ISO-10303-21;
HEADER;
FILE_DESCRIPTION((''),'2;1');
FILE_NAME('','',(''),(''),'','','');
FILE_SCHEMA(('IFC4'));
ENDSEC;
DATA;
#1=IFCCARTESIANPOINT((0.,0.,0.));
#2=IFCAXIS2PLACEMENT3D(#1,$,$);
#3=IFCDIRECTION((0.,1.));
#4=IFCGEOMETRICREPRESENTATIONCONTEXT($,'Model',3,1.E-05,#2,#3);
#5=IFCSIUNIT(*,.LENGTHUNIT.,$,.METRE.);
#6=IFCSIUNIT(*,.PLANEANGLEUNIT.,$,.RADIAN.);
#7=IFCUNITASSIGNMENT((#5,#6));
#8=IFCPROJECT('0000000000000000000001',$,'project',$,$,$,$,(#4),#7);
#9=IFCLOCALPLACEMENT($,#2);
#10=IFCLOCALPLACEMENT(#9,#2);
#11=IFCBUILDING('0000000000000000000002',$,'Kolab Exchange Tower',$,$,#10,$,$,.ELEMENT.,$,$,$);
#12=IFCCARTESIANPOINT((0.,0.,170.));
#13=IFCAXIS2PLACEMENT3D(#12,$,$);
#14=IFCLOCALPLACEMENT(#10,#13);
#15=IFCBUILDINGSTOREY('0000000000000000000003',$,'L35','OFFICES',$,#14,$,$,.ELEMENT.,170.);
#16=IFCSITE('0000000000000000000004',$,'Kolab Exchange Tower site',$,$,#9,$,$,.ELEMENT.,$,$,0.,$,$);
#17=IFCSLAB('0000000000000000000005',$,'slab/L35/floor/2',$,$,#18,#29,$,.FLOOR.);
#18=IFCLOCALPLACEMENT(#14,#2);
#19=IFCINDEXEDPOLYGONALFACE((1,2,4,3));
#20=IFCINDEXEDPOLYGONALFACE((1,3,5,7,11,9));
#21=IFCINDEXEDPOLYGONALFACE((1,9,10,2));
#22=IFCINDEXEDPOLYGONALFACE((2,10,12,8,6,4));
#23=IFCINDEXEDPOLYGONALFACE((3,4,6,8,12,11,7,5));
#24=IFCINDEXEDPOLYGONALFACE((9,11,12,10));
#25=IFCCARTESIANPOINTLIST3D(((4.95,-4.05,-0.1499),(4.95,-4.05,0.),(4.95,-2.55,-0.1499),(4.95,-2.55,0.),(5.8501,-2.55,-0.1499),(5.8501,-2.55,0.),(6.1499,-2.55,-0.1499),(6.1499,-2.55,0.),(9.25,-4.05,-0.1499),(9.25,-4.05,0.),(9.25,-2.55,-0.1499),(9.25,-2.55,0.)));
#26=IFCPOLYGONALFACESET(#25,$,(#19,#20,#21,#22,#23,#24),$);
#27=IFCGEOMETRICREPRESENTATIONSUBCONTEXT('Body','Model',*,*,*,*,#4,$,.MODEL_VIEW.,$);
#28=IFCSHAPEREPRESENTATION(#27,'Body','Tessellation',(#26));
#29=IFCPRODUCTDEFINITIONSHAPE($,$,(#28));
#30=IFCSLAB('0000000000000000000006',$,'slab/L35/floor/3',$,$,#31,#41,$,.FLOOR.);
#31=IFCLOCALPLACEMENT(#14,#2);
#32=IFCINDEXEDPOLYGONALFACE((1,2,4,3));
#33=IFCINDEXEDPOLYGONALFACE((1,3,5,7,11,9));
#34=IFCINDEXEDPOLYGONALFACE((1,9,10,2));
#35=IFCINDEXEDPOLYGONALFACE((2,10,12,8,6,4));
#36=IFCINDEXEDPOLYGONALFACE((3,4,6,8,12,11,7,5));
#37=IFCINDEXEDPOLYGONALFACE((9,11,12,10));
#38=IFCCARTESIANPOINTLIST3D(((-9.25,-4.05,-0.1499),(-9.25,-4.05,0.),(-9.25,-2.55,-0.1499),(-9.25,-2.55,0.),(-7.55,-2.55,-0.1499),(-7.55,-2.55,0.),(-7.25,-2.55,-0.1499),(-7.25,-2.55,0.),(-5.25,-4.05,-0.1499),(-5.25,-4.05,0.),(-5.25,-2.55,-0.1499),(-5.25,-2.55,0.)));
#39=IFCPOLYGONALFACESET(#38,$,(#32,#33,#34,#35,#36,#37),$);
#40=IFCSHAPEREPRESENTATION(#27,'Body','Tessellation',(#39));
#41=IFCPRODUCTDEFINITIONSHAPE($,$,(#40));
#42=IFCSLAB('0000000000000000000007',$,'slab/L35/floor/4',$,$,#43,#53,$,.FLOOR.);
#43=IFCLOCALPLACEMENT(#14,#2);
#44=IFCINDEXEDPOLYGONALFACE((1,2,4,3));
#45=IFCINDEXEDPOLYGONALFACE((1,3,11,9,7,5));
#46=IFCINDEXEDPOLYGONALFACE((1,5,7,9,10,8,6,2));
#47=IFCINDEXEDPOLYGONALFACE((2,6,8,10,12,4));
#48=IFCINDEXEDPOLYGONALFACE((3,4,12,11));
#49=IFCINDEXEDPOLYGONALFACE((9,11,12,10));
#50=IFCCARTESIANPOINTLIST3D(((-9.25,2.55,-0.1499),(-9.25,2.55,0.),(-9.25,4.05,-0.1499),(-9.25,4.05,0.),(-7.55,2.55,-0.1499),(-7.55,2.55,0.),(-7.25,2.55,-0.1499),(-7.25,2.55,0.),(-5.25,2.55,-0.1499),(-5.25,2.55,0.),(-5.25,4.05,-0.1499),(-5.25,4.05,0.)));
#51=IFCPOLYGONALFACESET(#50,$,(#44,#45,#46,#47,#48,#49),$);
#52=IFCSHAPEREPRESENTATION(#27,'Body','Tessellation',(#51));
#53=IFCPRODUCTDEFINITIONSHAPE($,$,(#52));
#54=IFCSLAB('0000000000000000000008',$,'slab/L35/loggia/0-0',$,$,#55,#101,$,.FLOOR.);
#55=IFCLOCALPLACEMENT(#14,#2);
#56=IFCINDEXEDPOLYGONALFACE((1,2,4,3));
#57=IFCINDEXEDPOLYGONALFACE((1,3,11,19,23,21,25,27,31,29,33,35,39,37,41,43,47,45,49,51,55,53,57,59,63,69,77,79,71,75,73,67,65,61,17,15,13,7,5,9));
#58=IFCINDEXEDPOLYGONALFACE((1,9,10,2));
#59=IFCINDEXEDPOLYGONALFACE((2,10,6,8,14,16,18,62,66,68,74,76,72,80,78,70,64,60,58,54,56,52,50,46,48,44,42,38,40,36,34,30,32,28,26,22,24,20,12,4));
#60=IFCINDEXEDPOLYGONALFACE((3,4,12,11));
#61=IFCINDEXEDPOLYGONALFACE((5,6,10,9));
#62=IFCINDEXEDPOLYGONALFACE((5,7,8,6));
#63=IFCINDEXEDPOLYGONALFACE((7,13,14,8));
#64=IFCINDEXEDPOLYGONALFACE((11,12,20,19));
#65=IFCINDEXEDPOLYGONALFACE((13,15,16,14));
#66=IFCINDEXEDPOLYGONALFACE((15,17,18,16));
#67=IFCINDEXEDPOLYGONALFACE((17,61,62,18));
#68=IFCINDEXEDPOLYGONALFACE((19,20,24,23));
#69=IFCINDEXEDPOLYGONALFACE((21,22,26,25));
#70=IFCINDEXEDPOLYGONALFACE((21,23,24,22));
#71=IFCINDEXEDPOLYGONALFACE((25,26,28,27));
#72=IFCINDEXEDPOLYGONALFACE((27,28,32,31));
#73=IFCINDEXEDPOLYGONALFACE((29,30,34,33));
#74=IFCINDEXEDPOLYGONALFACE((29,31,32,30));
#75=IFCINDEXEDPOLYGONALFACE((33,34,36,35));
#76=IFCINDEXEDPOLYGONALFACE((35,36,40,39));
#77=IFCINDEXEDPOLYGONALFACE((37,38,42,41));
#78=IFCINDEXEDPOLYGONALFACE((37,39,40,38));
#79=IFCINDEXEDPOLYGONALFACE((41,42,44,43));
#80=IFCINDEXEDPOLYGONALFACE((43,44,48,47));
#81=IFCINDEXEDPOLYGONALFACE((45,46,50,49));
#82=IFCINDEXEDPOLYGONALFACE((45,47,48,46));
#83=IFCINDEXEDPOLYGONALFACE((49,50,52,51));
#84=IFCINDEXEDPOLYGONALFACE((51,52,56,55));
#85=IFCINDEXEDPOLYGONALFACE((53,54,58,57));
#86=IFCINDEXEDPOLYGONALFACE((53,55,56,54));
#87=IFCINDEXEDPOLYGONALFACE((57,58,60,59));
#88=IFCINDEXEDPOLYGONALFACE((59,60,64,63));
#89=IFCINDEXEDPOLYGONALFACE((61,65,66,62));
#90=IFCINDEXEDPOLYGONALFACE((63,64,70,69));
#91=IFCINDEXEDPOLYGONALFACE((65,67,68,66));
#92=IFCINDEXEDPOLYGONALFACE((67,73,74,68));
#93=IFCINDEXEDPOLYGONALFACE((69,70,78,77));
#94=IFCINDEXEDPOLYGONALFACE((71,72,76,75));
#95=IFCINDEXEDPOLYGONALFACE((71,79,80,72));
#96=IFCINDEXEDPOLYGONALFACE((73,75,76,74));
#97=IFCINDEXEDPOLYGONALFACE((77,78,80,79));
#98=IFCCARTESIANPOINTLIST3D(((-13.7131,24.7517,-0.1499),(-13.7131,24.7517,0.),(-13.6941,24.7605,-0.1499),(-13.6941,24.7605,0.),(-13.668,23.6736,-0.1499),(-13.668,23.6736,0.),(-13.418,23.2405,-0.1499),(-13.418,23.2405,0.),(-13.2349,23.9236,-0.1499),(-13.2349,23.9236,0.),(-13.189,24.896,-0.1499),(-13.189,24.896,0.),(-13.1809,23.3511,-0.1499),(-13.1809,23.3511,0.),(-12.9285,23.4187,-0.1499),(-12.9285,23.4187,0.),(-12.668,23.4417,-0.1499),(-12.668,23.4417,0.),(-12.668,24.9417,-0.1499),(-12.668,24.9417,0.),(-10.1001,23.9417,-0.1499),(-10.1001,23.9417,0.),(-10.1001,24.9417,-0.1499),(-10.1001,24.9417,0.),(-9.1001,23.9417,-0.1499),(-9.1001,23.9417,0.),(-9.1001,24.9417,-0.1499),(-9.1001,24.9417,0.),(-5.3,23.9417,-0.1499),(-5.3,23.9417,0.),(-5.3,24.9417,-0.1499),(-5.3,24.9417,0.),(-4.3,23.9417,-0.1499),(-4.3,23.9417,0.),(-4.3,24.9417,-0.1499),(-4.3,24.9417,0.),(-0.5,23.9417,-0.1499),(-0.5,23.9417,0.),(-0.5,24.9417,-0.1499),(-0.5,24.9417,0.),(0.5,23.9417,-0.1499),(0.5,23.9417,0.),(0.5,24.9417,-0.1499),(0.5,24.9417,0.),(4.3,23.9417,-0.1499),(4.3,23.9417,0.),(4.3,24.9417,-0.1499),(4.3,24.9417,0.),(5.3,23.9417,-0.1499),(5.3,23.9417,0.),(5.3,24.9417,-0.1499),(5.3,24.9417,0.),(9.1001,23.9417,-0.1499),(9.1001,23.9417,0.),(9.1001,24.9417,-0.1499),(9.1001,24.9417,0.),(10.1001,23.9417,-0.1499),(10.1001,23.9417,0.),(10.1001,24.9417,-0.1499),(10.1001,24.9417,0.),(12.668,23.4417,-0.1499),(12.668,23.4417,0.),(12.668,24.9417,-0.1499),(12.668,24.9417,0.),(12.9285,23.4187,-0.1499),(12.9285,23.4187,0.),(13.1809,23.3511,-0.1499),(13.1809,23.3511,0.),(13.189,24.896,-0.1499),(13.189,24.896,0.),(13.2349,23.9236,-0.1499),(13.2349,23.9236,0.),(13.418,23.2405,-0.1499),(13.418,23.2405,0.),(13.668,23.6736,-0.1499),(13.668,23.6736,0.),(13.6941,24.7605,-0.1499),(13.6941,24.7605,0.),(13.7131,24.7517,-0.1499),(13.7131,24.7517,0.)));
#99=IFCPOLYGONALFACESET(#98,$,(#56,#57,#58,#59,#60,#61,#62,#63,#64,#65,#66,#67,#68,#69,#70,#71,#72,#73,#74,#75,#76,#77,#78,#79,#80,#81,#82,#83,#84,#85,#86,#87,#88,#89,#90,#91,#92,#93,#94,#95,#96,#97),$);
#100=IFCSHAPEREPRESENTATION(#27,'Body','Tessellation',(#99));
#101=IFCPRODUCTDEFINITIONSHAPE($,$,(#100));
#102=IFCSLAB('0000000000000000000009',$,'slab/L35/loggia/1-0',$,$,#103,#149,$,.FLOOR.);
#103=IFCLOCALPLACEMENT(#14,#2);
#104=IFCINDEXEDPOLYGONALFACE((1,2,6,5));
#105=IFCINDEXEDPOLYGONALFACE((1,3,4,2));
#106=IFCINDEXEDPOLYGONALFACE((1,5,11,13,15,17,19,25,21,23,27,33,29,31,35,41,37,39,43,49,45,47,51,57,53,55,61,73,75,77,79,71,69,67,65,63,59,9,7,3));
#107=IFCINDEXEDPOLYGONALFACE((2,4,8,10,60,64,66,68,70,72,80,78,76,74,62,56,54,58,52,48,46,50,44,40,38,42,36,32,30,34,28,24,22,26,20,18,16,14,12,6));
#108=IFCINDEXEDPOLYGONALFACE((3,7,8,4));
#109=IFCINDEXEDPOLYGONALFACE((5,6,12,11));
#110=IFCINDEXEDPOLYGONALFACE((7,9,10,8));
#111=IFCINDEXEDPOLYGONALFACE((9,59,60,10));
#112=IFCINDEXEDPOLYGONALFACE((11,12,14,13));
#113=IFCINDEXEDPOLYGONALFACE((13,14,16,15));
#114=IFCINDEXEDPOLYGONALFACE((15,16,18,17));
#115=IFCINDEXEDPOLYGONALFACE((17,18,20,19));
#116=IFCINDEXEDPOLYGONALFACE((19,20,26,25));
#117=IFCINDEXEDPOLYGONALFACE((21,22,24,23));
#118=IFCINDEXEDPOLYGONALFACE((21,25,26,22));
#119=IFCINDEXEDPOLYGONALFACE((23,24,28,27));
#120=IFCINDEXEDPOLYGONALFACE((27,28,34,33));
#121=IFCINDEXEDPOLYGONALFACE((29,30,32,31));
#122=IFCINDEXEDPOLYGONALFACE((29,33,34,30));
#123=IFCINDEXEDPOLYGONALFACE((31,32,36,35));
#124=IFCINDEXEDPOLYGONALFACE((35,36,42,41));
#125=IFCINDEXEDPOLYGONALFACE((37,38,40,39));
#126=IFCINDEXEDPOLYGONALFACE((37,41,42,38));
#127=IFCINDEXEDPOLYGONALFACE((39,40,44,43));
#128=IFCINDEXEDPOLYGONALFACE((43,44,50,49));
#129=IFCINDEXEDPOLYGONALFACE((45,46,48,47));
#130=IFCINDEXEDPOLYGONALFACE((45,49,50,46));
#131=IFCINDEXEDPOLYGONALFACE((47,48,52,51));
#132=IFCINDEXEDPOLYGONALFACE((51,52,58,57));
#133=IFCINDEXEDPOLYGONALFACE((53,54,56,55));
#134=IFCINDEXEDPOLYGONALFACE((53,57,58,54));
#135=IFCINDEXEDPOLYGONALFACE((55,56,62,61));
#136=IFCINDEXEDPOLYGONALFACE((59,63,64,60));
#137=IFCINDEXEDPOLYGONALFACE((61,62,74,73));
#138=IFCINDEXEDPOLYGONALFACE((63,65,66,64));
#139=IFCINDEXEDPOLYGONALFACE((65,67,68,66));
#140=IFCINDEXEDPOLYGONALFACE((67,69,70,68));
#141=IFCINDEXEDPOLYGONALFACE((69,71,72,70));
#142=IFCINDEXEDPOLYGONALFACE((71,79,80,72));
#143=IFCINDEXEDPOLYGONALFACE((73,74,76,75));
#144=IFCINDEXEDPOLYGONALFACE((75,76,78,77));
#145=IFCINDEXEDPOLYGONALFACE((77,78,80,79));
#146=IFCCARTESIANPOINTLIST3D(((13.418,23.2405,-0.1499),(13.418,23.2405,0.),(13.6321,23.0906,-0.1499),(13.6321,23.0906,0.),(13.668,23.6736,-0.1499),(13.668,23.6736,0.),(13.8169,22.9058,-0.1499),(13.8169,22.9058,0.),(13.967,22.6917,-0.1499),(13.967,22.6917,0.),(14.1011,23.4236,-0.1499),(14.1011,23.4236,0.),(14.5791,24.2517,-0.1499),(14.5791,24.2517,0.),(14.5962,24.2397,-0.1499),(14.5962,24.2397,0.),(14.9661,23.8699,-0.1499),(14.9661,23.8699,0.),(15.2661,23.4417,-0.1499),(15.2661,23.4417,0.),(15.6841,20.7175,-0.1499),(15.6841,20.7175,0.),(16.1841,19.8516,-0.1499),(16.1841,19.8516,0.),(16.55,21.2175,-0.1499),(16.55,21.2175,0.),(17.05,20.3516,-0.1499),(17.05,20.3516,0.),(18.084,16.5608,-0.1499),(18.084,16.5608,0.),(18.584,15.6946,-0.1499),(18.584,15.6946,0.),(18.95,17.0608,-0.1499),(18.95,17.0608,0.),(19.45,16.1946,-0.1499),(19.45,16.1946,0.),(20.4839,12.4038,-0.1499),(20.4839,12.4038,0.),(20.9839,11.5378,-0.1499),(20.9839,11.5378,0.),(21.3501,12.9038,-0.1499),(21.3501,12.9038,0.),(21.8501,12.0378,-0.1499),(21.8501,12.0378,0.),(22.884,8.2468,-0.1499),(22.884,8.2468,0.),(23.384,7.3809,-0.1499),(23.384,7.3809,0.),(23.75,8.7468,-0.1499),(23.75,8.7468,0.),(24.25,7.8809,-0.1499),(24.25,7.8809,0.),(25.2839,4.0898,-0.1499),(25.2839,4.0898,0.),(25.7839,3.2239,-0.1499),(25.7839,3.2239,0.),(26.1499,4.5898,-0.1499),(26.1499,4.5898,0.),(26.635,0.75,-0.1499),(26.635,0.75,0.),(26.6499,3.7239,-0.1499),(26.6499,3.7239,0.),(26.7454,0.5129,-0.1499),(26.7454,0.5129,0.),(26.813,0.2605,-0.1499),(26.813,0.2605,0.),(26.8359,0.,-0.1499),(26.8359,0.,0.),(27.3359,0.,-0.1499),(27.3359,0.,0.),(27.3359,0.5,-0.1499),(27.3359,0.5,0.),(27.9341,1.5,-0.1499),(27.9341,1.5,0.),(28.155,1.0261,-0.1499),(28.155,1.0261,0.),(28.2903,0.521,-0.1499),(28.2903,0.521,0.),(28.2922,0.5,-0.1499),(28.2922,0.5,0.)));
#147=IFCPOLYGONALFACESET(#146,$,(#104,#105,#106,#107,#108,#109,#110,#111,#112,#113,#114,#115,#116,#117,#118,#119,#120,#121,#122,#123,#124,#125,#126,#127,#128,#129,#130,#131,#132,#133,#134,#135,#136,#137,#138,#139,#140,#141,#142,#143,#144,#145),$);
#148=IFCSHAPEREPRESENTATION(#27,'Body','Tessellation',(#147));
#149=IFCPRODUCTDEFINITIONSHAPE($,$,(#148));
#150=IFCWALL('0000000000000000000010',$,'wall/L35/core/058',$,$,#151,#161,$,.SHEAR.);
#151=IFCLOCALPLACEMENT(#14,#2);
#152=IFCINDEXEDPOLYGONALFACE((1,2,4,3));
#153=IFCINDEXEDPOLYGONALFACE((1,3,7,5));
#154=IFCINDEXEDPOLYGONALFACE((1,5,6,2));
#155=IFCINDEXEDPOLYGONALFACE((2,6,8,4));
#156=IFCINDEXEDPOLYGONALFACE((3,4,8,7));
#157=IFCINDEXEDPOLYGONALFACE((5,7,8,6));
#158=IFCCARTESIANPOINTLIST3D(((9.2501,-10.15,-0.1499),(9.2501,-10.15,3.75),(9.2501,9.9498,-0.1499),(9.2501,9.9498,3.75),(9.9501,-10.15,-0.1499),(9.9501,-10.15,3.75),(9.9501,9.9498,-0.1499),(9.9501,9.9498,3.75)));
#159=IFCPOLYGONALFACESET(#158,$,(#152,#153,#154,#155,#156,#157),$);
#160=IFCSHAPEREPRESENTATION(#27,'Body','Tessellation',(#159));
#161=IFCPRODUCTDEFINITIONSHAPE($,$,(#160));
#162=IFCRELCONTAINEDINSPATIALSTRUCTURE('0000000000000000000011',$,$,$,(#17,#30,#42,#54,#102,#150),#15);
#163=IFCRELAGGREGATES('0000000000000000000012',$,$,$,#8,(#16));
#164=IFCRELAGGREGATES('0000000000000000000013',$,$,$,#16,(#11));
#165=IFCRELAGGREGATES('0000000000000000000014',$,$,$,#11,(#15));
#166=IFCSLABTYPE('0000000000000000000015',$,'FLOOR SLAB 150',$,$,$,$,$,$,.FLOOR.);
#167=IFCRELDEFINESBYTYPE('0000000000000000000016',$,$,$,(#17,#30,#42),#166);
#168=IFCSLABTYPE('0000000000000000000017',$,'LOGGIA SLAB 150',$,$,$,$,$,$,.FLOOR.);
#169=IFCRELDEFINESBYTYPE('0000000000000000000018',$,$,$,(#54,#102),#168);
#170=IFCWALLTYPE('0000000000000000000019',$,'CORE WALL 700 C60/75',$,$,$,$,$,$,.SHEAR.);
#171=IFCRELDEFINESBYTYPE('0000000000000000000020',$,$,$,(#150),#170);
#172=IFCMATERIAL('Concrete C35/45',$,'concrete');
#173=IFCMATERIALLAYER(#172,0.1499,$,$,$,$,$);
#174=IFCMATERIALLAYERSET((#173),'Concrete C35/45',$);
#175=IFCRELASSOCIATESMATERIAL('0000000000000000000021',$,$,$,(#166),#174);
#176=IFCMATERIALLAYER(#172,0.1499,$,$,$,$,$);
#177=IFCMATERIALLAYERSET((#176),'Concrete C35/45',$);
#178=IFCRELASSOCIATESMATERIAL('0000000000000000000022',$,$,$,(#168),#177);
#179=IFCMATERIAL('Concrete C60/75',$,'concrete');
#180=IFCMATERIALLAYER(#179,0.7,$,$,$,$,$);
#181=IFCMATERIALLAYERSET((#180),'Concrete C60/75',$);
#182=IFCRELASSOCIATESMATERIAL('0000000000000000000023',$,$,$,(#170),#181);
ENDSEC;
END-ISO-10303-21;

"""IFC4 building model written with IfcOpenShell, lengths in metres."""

from ifc_helpers import new_model, si_unit, direction, frame, frame_2d, origin, place, context, subcontext, project, spatial, polyline, rectangle, outline, extrude, material, layer, layer_set, type_object, element, save


model = new_model("IFC4")

# Units and contexts
model_context = context("Model", 3, precision=1e-05, world=origin(), true_north=direction((0.0, 1.0)))
body_context = subcontext(model_context, "Body", "Model", "MODEL_VIEW")
ifc_project = project(units=[si_unit("LENGTHUNIT", "METRE"), si_unit("PLANEANGLEUNIT", "RADIAN")], contexts=[model_context])

# Site, building, storey
site_placement = place(None, origin())
site = spatial("IfcSite", under=ifc_project, at=site_placement, Name="Kolab Exchange Tower site", CompositionType="ELEMENT", RefElevation=0.0)
building_placement = place(site_placement, origin())
building = spatial("IfcBuilding", under=site, at=building_placement, Name="Kolab Exchange Tower", CompositionType="ELEMENT")
storey_placement = place(building_placement, frame((0.0, 0.0, 170.0)))
storey = spatial("IfcBuildingStorey", under=building, at=storey_placement, Name="L35", Description="OFFICES", CompositionType="ELEMENT", Elevation=170.0)

# Slabs
ifc_material_1 = material(Name="Concrete C35/45", Category="concrete")
ifc_layer_1 = layer(ifc_material_1, 0.1499)
ifc_layer_set_1 = layer_set([ifc_layer_1], Name="Concrete C35/45")
slab_type_1 = type_object("IfcSlabType", Name="FLOOR SLAB 150", PredefinedType="FLOOR", material=ifc_layer_set_1)
slab_1_placement = place(storey_placement, frame((0.0, 0.0, -0.1499)))
element("IfcSlab", 1, at=slab_1_placement, inside=storey, type_object=slab_type_1, Name="slab/L35/floor/2", PredefinedType="FLOOR", context=body_context, shape_type="SweptSolid", body=[
    extrude(outline(polyline([(4.95, -4.05), (9.25, -4.05), (9.25, -2.55), (6.1499, -2.55), (5.8501, -2.55), (4.95, -2.55), (4.95, -4.05)])), origin(), (0.0, 0.0, 1.0), 0.1499),
])
slab_2_placement = place(storey_placement, frame((0.0, 0.0, -0.1499)))
element("IfcSlab", 2, at=slab_2_placement, inside=storey, type_object=slab_type_1, Name="slab/L35/floor/3", PredefinedType="FLOOR", context=body_context, shape_type="SweptSolid", body=[
    extrude(outline(polyline([(-7.55, -2.55), (-9.25, -2.55), (-9.25, -4.05), (-5.25, -4.05), (-5.25, -2.55), (-7.25, -2.55), (-7.55, -2.55)])), origin(), (0.0, 0.0, 1.0), 0.1499),
])
slab_3_placement = place(storey_placement, frame((0.0, 0.0, -0.1499)))
element("IfcSlab", 3, at=slab_3_placement, inside=storey, type_object=slab_type_1, Name="slab/L35/floor/4", PredefinedType="FLOOR", context=body_context, shape_type="SweptSolid", body=[
    extrude(outline(polyline([(-9.25, 2.55), (-7.55, 2.55), (-7.25, 2.55), (-5.25, 2.55), (-5.25, 4.05), (-9.25, 4.05), (-9.25, 2.55)])), origin(), (0.0, 0.0, 1.0), 0.1499),
])
ifc_layer_2 = layer(ifc_material_1, 0.1499)
ifc_layer_set_2 = layer_set([ifc_layer_2], Name="Concrete C35/45")
slab_type_2 = type_object("IfcSlabType", Name="LOGGIA SLAB 150", PredefinedType="FLOOR", material=ifc_layer_set_2)
slab_4_placement = place(storey_placement, frame((0.0, 0.0, -0.1499)))
element("IfcSlab", 4, at=slab_4_placement, inside=storey, type_object=slab_type_2, Name="slab/L35/loggia/0-0", PredefinedType="FLOOR", context=body_context, shape_type="SweptSolid", body=[
    extrude(outline(polyline([(13.418, 23.2405), (13.668, 23.6736), (13.2349, 23.9236), (13.7131, 24.7517), (13.6941, 24.7605), (13.189, 24.896), (12.668, 24.9417), (10.1001, 24.9417), (10.1001, 23.9417), (9.1001, 23.9417), (9.1001, 24.9417), (5.3, 24.9417), (5.3, 23.9417), (4.3, 23.9417), (4.3, 24.9417), (0.5, 24.9417), (0.5, 23.9417), (-0.5, 23.9417), (-0.5, 24.9417), (-4.3, 24.9417), (-4.3, 23.9417), (-5.3, 23.9417), (-5.3, 24.9417), (-9.1001, 24.9417), (-9.1001, 23.9417), (-10.1001, 23.9417), (-10.1001, 24.9417), (-12.668, 24.9417), (-13.189, 24.896), (-13.6941, 24.7605), (-13.7131, 24.7517), (-13.2349, 23.9236), (-13.668, 23.6736), (-13.418, 23.2405), (-13.1809, 23.3511), (-12.9285, 23.4187), (-12.668, 23.4417), (12.668, 23.4417), (12.9285, 23.4187), (13.1809, 23.3511), (13.418, 23.2405)])), origin(), (0.0, 0.0, 1.0), 0.1499),
])
slab_5_placement = place(storey_placement, frame((0.0, 0.0, -0.1499)))
element("IfcSlab", 5, at=slab_5_placement, inside=storey, type_object=slab_type_2, Name="slab/L35/loggia/1-0", PredefinedType="FLOOR", context=body_context, shape_type="SweptSolid", body=[
    extrude(outline(polyline([(26.8359, 0.0), (27.3359, 0.0), (27.3359, 0.5), (28.2922, 0.5), (28.2903, 0.521), (28.155, 1.0261), (27.9341, 1.5), (26.6499, 3.7239), (25.7839, 3.2239), (25.2839, 4.0898), (26.1499, 4.5898), (24.25, 7.8809), (23.384, 7.3809), (22.884, 8.2468), (23.75, 8.7468), (21.8501, 12.0378), (20.9839, 11.5378), (20.4839, 12.4038), (21.3501, 12.9038), (19.45, 16.1946), (18.584, 15.6946), (18.084, 16.5608), (18.95, 17.0608), (17.05, 20.3516), (16.1841, 19.8516), (15.6841, 20.7175), (16.55, 21.2175), (15.2661, 23.4417), (14.9661, 23.8699), (14.5962, 24.2397), (14.5791, 24.2517), (14.1011, 23.4236), (13.668, 23.6736), (13.418, 23.2405), (13.6321, 23.0906), (13.8169, 22.9058), (13.967, 22.6917), (26.635, 0.75), (26.7454, 0.5129), (26.813, 0.2605), (26.8359, 0.0)])), origin(), (0.0, 0.0, 1.0), 0.1499),
])

# Wall
ifc_material_2 = material(Name="Concrete C60/75", Category="concrete")
ifc_layer_3 = layer(ifc_material_2, 0.7)
ifc_layer_set_3 = layer_set([ifc_layer_3], Name="Concrete C60/75")
wall_type_1 = type_object("IfcWallType", Name="CORE WALL 700 C60/75", PredefinedType="SHEAR", material=ifc_layer_set_3)
wall_1_placement = place(storey_placement, frame((9.6001, -10.1499, -0.1499), z_axis=(0.0, 0.0, 1.0), x_axis=(0.0, 1.0, 0.0)))
element("IfcWall", 6, at=wall_1_placement, inside=storey, type_object=wall_type_1, Name="wall/L35/core/058", PredefinedType="SHEAR", context=body_context, shape_type="SweptSolid", body=[
    extrude(rectangle(XDim=20.0999, YDim=0.7, at=frame_2d((10.0498, 0.0))), origin(), (0.0, 0.0, 1.0), 3.8999),
])

save(model, "model.ifc")
